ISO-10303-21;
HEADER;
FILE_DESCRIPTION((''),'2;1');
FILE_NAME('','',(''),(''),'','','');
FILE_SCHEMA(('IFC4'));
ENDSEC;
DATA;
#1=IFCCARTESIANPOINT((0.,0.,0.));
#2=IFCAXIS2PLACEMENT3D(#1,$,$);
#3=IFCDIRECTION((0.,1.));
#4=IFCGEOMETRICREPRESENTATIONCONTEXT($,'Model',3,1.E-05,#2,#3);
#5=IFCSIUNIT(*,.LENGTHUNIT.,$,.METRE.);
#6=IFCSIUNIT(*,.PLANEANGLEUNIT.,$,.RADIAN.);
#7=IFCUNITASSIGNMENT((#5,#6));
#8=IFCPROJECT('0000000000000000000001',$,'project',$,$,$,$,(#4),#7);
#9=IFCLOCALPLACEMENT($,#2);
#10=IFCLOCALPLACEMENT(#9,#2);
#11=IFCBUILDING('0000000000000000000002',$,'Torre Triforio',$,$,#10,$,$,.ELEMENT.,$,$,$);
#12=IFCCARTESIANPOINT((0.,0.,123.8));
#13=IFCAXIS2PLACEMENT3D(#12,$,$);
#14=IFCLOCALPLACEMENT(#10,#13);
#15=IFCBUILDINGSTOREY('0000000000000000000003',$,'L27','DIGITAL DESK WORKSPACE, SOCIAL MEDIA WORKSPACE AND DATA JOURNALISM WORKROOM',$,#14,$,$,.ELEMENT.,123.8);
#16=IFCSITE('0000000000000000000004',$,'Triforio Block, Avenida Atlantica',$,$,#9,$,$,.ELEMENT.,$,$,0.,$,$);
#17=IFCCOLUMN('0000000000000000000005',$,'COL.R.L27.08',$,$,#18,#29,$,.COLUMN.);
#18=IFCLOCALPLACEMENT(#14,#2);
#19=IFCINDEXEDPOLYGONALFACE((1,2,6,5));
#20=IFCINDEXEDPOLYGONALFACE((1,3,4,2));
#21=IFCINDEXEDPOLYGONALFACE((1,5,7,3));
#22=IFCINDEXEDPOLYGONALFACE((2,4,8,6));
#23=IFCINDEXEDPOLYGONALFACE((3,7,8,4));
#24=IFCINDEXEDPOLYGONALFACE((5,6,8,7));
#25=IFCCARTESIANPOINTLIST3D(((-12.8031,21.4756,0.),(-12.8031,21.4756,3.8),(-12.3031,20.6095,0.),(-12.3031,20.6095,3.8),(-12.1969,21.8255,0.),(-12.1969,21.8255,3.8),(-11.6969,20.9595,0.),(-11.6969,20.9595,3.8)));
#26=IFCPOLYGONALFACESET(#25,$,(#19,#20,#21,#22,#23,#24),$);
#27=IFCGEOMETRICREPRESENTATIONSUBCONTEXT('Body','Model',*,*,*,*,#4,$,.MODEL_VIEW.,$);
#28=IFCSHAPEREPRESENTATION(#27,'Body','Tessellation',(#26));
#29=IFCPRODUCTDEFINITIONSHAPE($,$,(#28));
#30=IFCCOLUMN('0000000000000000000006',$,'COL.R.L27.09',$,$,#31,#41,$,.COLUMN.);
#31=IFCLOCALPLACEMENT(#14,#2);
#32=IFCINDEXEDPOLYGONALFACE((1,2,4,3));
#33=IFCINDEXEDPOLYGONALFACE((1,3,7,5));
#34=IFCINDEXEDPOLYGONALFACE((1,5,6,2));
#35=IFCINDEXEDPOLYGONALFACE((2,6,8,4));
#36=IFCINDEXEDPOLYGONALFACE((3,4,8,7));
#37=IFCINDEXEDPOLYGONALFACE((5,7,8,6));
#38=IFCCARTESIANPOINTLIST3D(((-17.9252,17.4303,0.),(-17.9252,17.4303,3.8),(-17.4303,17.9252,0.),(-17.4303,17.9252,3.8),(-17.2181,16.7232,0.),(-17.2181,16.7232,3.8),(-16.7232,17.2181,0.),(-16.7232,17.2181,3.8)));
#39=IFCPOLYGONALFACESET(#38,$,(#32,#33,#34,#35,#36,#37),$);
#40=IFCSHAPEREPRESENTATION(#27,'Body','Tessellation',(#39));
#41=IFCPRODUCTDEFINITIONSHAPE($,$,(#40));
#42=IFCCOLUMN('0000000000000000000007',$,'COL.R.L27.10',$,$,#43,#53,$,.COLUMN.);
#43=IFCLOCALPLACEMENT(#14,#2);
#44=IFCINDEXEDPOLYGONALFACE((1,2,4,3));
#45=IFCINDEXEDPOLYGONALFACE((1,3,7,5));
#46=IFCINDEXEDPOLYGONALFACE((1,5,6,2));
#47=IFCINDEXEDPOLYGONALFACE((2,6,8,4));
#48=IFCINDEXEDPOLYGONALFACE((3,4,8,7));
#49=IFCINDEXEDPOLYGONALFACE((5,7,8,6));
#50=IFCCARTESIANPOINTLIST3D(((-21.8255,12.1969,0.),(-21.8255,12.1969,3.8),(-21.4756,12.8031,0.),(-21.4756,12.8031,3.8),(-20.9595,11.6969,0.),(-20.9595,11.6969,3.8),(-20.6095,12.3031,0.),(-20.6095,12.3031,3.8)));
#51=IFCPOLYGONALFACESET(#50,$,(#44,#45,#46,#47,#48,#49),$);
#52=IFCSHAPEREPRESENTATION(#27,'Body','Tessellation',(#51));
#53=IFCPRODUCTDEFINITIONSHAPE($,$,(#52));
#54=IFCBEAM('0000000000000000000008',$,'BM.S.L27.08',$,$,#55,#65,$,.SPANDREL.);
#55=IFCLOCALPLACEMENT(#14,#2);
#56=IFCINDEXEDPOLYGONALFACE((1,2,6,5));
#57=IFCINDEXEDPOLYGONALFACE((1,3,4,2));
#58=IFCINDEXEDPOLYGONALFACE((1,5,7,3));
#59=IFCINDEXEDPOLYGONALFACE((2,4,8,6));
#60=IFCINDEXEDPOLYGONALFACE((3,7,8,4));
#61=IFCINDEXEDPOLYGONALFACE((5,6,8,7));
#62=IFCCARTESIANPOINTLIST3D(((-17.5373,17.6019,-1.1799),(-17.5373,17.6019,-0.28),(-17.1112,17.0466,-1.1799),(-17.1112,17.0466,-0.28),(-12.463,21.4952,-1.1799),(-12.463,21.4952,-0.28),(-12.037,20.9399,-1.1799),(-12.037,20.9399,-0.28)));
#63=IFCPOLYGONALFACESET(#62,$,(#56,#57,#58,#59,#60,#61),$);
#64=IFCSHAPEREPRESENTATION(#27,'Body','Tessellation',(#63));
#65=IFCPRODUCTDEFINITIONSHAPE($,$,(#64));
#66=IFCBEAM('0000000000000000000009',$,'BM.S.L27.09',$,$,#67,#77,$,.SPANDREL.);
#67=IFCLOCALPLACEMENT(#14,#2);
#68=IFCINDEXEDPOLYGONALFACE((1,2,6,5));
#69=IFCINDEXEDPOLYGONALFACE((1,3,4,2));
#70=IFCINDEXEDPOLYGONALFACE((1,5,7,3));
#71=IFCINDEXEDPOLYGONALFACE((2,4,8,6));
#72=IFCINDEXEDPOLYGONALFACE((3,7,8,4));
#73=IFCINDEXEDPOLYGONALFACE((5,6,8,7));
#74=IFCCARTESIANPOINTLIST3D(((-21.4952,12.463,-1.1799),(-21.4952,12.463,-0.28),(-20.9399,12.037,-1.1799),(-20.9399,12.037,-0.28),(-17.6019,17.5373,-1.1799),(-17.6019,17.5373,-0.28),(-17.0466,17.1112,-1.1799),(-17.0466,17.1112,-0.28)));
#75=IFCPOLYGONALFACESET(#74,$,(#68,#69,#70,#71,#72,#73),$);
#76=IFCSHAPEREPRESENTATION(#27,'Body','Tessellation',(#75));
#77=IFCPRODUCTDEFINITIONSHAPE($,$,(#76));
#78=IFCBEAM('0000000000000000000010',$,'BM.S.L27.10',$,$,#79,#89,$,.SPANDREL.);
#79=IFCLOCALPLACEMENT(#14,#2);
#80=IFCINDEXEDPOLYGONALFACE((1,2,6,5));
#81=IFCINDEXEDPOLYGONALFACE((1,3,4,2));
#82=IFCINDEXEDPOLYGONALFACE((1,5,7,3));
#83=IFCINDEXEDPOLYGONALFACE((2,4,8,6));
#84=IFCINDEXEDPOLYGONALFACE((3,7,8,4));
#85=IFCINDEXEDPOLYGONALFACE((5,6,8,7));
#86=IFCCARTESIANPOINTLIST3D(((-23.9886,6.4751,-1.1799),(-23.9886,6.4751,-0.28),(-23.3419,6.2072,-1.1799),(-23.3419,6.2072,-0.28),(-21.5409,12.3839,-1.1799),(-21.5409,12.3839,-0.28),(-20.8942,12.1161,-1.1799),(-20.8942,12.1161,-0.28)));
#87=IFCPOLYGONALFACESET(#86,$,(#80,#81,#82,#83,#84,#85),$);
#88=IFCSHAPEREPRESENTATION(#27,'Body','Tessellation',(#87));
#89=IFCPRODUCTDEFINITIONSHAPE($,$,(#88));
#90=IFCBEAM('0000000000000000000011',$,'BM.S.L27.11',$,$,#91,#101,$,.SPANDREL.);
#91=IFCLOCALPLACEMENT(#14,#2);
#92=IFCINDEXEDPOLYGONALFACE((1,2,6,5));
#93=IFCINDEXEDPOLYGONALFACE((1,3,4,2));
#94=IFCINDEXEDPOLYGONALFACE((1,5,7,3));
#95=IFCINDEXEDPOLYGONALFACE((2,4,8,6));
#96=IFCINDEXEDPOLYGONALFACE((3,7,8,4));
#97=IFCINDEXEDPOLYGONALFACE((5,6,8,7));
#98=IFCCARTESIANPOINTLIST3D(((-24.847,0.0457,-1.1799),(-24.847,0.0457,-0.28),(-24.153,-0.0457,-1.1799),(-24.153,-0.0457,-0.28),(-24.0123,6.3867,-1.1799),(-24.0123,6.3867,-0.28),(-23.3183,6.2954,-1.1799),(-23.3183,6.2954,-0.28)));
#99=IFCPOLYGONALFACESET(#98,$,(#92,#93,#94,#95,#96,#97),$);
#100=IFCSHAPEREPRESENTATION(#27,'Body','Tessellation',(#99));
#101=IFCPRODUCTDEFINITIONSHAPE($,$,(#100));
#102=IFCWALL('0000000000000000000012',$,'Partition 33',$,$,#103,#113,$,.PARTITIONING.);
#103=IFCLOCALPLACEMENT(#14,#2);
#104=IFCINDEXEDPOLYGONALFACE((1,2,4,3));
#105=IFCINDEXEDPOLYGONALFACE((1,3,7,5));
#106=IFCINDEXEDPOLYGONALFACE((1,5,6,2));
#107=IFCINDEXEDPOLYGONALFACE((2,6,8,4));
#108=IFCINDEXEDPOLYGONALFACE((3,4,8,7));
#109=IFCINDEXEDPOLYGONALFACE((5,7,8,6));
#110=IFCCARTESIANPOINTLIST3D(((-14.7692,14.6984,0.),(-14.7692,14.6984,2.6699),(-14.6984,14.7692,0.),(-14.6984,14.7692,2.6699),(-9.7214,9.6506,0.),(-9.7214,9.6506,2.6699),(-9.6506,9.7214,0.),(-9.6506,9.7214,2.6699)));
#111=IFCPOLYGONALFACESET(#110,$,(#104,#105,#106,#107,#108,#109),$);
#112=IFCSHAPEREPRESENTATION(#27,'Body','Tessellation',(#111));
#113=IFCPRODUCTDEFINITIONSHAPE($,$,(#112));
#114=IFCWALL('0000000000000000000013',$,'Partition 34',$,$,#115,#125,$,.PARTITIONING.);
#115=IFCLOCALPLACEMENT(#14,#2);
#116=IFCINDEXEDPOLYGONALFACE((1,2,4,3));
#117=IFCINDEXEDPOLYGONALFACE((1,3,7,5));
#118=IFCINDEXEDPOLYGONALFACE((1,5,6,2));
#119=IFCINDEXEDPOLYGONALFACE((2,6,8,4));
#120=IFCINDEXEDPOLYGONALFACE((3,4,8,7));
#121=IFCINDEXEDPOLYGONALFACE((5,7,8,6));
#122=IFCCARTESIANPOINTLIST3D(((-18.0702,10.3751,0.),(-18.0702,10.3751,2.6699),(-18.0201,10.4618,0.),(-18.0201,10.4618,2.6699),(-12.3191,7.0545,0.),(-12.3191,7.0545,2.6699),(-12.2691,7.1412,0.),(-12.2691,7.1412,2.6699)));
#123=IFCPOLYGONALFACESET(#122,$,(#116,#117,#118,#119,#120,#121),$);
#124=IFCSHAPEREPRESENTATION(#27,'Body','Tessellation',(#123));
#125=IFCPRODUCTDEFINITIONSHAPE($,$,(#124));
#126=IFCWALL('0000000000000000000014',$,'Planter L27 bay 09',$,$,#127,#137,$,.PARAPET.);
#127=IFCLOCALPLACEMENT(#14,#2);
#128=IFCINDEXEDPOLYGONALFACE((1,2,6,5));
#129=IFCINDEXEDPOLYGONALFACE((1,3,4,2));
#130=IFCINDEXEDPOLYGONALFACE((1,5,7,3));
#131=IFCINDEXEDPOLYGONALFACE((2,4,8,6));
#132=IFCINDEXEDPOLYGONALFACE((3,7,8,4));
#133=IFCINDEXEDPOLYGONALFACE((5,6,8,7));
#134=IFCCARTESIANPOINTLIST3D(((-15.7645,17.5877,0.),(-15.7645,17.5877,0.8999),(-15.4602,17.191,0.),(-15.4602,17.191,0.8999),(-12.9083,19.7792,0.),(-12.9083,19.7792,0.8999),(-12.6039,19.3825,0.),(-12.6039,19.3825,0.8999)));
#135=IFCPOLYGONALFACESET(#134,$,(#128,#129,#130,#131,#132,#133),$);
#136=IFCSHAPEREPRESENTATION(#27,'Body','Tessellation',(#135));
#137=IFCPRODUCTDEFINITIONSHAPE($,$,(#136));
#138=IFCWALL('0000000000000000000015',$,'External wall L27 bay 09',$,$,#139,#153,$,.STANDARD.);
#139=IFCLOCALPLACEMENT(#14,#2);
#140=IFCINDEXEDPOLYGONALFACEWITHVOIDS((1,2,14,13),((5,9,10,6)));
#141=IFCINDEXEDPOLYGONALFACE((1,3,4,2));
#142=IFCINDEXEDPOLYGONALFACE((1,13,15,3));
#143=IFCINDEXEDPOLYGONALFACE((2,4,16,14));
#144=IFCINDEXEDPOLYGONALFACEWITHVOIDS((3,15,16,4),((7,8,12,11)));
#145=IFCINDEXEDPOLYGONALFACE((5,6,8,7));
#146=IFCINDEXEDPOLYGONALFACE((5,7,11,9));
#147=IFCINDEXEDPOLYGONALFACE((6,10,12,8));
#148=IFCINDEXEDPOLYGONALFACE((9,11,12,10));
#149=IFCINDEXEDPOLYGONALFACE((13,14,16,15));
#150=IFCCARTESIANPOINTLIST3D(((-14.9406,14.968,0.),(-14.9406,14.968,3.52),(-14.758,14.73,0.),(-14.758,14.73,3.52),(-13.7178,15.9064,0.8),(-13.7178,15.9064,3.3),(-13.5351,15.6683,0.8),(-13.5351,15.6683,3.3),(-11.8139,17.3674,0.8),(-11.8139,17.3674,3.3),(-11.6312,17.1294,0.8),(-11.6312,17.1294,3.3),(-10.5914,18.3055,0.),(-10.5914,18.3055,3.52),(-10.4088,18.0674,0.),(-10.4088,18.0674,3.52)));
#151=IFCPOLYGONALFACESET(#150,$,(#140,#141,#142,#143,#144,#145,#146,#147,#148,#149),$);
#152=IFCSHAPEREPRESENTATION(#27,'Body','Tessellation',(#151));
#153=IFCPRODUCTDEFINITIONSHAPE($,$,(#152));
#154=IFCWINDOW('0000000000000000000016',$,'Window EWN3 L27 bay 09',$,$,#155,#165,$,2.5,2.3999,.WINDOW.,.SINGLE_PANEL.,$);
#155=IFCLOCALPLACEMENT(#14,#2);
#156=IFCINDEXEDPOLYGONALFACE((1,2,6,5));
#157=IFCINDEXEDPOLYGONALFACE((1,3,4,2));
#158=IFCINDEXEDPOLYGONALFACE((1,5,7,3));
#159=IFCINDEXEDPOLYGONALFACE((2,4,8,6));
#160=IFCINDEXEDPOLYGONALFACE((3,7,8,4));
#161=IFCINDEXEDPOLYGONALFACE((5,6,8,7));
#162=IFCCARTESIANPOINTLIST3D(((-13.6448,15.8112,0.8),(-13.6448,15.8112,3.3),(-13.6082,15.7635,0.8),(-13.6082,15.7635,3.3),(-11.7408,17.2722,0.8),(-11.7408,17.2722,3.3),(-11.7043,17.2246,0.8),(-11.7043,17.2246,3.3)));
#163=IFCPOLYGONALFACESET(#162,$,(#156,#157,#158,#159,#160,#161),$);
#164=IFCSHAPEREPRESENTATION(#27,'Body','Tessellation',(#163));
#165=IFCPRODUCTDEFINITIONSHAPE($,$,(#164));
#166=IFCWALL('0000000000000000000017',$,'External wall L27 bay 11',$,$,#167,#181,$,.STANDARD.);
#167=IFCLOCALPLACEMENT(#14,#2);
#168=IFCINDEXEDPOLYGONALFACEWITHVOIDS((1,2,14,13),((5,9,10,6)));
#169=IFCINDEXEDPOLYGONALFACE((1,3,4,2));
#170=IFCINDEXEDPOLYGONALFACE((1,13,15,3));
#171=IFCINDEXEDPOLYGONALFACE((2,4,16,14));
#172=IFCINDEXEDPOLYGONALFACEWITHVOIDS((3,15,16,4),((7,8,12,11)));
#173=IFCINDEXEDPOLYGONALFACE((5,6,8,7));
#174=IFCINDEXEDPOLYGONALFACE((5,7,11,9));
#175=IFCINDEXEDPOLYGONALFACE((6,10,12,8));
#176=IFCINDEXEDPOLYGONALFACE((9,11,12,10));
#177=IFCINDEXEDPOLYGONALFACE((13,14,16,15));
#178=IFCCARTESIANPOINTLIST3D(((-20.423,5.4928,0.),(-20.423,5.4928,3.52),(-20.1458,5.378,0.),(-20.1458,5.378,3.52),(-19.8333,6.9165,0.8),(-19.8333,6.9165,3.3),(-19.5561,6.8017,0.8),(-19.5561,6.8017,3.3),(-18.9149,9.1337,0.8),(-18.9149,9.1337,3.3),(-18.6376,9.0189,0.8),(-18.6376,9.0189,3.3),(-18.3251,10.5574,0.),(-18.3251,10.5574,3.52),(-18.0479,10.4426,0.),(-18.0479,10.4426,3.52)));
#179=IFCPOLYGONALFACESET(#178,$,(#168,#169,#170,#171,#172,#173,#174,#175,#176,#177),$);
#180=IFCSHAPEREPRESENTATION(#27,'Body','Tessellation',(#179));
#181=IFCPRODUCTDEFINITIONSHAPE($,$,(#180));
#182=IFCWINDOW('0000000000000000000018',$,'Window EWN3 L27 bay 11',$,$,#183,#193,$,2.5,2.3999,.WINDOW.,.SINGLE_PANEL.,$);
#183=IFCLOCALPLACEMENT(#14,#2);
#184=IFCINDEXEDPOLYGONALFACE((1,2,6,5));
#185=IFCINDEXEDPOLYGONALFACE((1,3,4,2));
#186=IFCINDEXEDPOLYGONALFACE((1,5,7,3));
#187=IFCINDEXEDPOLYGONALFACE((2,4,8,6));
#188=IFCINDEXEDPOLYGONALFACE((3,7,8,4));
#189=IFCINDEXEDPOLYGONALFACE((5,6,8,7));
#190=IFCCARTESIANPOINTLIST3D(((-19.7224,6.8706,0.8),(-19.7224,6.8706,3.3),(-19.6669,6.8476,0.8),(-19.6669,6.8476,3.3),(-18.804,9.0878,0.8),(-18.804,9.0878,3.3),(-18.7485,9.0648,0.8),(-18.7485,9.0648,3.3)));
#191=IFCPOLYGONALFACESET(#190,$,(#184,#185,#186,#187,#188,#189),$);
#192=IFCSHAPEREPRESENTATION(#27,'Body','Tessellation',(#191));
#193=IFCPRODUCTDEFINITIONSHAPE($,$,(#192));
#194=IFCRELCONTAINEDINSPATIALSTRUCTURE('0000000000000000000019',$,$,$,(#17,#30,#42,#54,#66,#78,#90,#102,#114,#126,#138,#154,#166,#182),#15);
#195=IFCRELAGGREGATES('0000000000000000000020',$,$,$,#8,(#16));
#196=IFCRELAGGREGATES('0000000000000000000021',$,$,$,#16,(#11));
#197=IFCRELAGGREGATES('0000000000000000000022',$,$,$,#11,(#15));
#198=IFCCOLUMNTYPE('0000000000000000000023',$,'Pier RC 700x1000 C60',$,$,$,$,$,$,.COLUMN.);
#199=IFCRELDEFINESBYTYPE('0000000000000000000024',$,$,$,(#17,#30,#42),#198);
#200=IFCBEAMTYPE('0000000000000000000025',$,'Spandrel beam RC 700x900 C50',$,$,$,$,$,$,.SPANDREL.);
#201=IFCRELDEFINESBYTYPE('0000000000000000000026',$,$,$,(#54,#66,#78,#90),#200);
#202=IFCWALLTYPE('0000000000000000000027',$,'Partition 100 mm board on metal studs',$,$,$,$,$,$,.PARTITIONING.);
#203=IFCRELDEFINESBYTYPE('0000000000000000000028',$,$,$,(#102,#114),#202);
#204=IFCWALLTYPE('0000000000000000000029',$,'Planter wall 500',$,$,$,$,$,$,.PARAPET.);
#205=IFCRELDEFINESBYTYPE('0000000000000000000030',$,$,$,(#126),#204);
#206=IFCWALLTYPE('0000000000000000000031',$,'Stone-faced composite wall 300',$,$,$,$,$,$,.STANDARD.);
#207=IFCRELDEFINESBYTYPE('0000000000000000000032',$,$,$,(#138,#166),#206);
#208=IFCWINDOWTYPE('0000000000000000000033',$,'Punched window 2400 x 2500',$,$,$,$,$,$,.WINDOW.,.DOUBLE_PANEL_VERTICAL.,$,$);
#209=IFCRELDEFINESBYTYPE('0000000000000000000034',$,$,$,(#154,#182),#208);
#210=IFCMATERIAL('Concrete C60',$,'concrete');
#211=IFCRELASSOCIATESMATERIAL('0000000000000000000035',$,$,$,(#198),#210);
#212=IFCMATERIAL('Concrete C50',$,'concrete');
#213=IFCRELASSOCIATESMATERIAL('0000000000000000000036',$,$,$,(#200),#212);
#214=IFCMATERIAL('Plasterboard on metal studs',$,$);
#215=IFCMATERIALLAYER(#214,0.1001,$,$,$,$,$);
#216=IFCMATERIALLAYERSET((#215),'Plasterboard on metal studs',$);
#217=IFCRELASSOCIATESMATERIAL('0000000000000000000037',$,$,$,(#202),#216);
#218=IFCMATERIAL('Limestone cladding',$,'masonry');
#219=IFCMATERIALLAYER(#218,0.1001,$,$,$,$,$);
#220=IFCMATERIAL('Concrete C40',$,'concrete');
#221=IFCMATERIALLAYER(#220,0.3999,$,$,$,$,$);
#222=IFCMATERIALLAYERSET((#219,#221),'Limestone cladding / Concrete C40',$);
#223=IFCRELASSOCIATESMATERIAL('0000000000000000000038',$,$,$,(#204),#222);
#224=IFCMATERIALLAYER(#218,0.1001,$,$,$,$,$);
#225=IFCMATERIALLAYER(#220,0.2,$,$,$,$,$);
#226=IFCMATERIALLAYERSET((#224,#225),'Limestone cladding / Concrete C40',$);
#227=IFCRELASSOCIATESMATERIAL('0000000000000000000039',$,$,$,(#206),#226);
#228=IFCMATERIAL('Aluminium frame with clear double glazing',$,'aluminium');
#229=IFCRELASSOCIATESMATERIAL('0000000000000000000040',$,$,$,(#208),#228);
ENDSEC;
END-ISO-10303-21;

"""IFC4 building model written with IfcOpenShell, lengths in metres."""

from ifc_helpers import new_model, si_unit, direction, frame, frame_2d, origin, origin_2d, place, context, subcontext, project, spatial, rectangle, extrude, material, layer, layer_set, material_profile, profile_set, type_object, element, fill, save


model = new_model("IFC4")

# Units and contexts
model_context = context("Model", 3, precision=1e-05, world=origin(), true_north=direction((0.0, 1.0)))
body_context = subcontext(model_context, "Body", "Model", "MODEL_VIEW")
ifc_project = project(units=[si_unit("LENGTHUNIT", "METRE"), si_unit("PLANEANGLEUNIT", "RADIAN")], contexts=[model_context])

# Site, building, storey
site_placement = place(None, origin())
site = spatial("IfcSite", under=ifc_project, at=site_placement, Name="Triforio Block, Avenida Atlantica", CompositionType="ELEMENT", RefElevation=0.0)
building_placement = place(site_placement, origin())
building = spatial("IfcBuilding", under=site, at=building_placement, Name="Torre Triforio", CompositionType="ELEMENT")
storey_placement = place(building_placement, frame((0.0, 0.0, 123.8)))
storey = spatial("IfcBuildingStorey", under=building, at=storey_placement, Name="L27", Description="DIGITAL DESK WORKSPACE, SOCIAL MEDIA WORKSPACE AND DATA JOURNALISM WORKROOM", CompositionType="ELEMENT", Elevation=123.8)

# Columns
ifc_material_1 = material(Name="Concrete C60", Category="concrete")
ifc_material_profile_1 = material_profile(ifc_material_1, rectangle(XDim=0.7, YDim=1.0, at=origin_2d()), Name="RC 700x1000")
ifc_profile_set_1 = profile_set([ifc_material_profile_1], Name="Concrete C60")
column_type = type_object("IfcColumnType", Name="Pier RC 700x1000 C60", PredefinedType="COLUMN", material=ifc_profile_set_1)
for number, where, z_axis, x_axis, name in (
    (1, (-12.25, 21.2175, 0.0), (0.0, 0.0, 1.0), (-0.866025, -0.5, 0.0), "COL.R.L27.08"),
    (2, (-17.3242, 17.3242, 0.0), (0.0, 0.0, 1.0), (-0.707107, -0.707107, 0.0), "COL.R.L27.09"),
    (3, (-21.2175, 12.25, 0.0), (0.0, 0.0, 1.0), (-0.5, -0.866025, 0.0), "COL.R.L27.10"),
):
    element("IfcColumn", number, at=place(storey_placement, frame(where, z_axis=z_axis, x_axis=x_axis)), inside=storey, type_object=column_type, Name=name, PredefinedType="COLUMN", context=body_context, shape_type="SweptSolid", body=[
        extrude(rectangle(XDim=0.7, YDim=1.0, at=origin_2d()), origin(), (0.0, 0.0, 1.0), 3.8),
    ])

# Beams
ifc_material_2 = material(Name="Concrete C50", Category="concrete")
ifc_material_profile_2 = material_profile(ifc_material_2, rectangle(XDim=0.7, YDim=0.8999, at=origin_2d()), Name="RC 700x900")
ifc_profile_set_2 = profile_set([ifc_material_profile_2], Name="Concrete C50")
beam_type = type_object("IfcBeamType", Name="Spandrel beam RC 700x900 C50", PredefinedType="SPANDREL", material=ifc_profile_set_2)
for number, where, z_axis, x_axis, name in (
    (4, (-12.25, 21.2175, -0.73), (-0.793374, -0.608734, 0.0), (0.608734, -0.793374, 0.0), "BM.S.L27.08"),
    (5, (-17.3242, 17.3242, -0.73), (-0.608734, -0.793374, 0.0), (0.793374, -0.608734, 0.0), "BM.S.L27.09"),
    (6, (-21.2175, 12.25, -0.73), (-0.382709, -0.923869, 0.0), (0.923869, -0.382709, 0.0), "BM.S.L27.10"),
    (7, (-23.6653, 6.3411, -0.73), (-0.130511, -0.991447, 0.0), (0.991447, -0.130511, 0.0), "BM.S.L27.11"),
):
    element("IfcBeam", number, at=place(storey_placement, frame(where, z_axis=z_axis, x_axis=x_axis)), inside=storey, type_object=beam_type, Name=name, PredefinedType="SPANDREL", context=body_context, shape_type="SweptSolid", body=[
        extrude(rectangle(XDim=0.7, YDim=0.8999, at=origin_2d()), origin(), (0.0, 0.0, 1.0), 6.3958),
    ])

# Walls
ifc_material_3 = material(Name="Plasterboard on metal studs")
ifc_layer_1 = layer(ifc_material_3, 0.1001)
ifc_layer_set_1 = layer_set([ifc_layer_1], Name="Plasterboard on metal studs")
wall_type_1 = type_object("IfcWallType", Name="Partition 100 mm board on metal studs", PredefinedType="PARTITIONING", material=ifc_layer_set_1)
wall_1_placement = place(storey_placement, frame((-9.686, 9.686, 0.0), z_axis=(0.0, 0.0, 1.0), x_axis=(-0.707107, 0.707107, 0.0)))
element("IfcWall", 8, at=wall_1_placement, inside=storey, type_object=wall_type_1, Name="Partition 33", PredefinedType="PARTITIONING", context=body_context, shape_type="SweptSolid", body=[
    extrude(rectangle(XDim=7.1387, YDim=0.1001, at=frame_2d((3.5693, 0.0))), origin(), (0.0, 0.0, 1.0), 2.6699),
])
wall_2_placement = place(storey_placement, frame((-12.2942, 7.0979, 0.0), z_axis=(0.0, 0.0, 1.0), x_axis=(-0.86601, 0.500026, 0.0)))
element("IfcWall", 9, at=wall_2_placement, inside=storey, type_object=wall_type_1, Name="Partition 34", PredefinedType="PARTITIONING", context=body_context, shape_type="SweptSolid", body=[
    extrude(rectangle(XDim=6.6409, YDim=0.1001, at=frame_2d((3.3203, 0.0))), origin(), (0.0, 0.0, 1.0), 2.6699),
])
ifc_material_4 = material(Name="Limestone cladding", Category="masonry")
ifc_layer_2 = layer(ifc_material_4, 0.1001)
ifc_material_5 = material(Name="Concrete C40", Category="concrete")
ifc_layer_3 = layer(ifc_material_5, 0.3999)
ifc_layer_set_2 = layer_set([ifc_layer_2, ifc_layer_3], Name="Limestone cladding / Concrete C40")
wall_type_2 = type_object("IfcWallType", Name="Planter wall 500", PredefinedType="PARAPET", material=ifc_layer_set_2)
wall_3_placement = place(storey_placement, frame((-12.7561, 19.5808, 0.0), z_axis=(0.0, 0.0, 1.0), x_axis=(-0.793385, -0.608721, 0.0)))
element("IfcWall", 10, at=wall_3_placement, inside=storey, type_object=wall_type_2, Name="Planter L27 bay 09", PredefinedType="PARAPET", context=body_context, shape_type="SweptSolid", body=[
    extrude(rectangle(XDim=3.6001, YDim=0.5, at=frame_2d((1.8, 0.0))), origin(), (0.0, 0.0, 1.0), 0.8999),
])

# Wall, opening, window
ifc_layer_4 = layer(ifc_material_4, 0.1001)
ifc_layer_5 = layer(ifc_material_5, 0.2)
ifc_layer_set_3 = layer_set([ifc_layer_4, ifc_layer_5], Name="Limestone cladding / Concrete C40")
wall_type_3 = type_object("IfcWallType", Name="Stone-faced composite wall 300", PredefinedType="STANDARD", material=ifc_layer_set_3)
wall_4_placement = place(storey_placement, frame((-10.5, 18.1865, 0.0), z_axis=(0.0, 0.0, 1.0), x_axis=(-0.793335, -0.608785, 0.0)))
wall_4 = element("IfcWall", 11, at=wall_4_placement, inside=storey, type_object=wall_type_3, Name="External wall L27 bay 09", PredefinedType="STANDARD", context=body_context, shape_type="SweptSolid", body=[
    extrude(rectangle(XDim=5.4822, YDim=0.3, at=frame_2d((2.7412, 0.0))), origin(), (0.0, 0.0, 1.0), 3.52),
])
opening_1_placement = place(wall_4_placement, frame((1.541, 0.0, 0.8)))
opening_1 = element("IfcOpeningElement", 12, at=opening_1_placement, cuts=wall_4, PredefinedType="OPENING", context=body_context, shape_type="SweptSolid", body=[
    extrude(rectangle(XDim=2.3999, YDim=2.5, at=frame_2d((1.2, 1.25))), frame((0.0, 0.1599, 0.0), z_axis=(0.0, -1.0, 0.0), x_axis=(1.0, 0.0, 0.0)), (0.0, 0.0, 1.0), 0.3201),
])
ifc_material_6 = material(Name="Aluminium frame with clear double glazing", Category="aluminium")
window_type_1 = type_object("IfcWindowType", Name="Punched window 2400 x 2500", PartitioningType="DOUBLE_PANEL_VERTICAL", PredefinedType="WINDOW", material=ifc_material_6)
window_1_placement = place(opening_1_placement, origin())
window_1 = element("IfcWindow", 13, at=window_1_placement, inside=storey, type_object=window_type_1, Name="Window EWN3 L27 bay 09", OverallHeight=2.5, OverallWidth=2.3999, PartitioningType="SINGLE_PANEL", PredefinedType="WINDOW", context=body_context, shape_type="SweptSolid", body=[
    extrude(rectangle(XDim=2.3999, YDim=2.5, at=frame_2d((1.2, 1.25))), frame((0.0, 0.03, 0.0), z_axis=(0.0, -1.0, 0.0), x_axis=(1.0, 0.0, 0.0)), (0.0, 0.0, 1.0), 0.0601),
])
fill(opening_1, window_1)

# Wall, opening, window
wall_5_placement = place(storey_placement, frame((-18.1865, 10.5, 0.0), z_axis=(0.0, 0.0, 1.0), x_axis=(-0.382689, -0.923877, 0.0)))
wall_5 = element("IfcWall", 14, at=wall_5_placement, inside=storey, type_object=wall_type_3, Name="External wall L27 bay 11", PredefinedType="STANDARD", context=body_context, shape_type="SweptSolid", body=[
    extrude(rectangle(XDim=5.4819, YDim=0.3, at=frame_2d((2.741, 0.0))), origin(), (0.0, 0.0, 1.0), 3.52),
])
opening_2_placement = place(wall_5_placement, frame((1.541, 0.0, 0.8)))
opening_2 = element("IfcOpeningElement", 15, at=opening_2_placement, cuts=wall_5, PredefinedType="OPENING", context=body_context, shape_type="SweptSolid", body=[
    extrude(rectangle(XDim=2.3999, YDim=2.5, at=frame_2d((1.2, 1.25))), frame((0.0, 0.1599, 0.0), z_axis=(0.0, -1.0, 0.0), x_axis=(1.0, 0.0, 0.0)), (0.0, 0.0, 1.0), 0.3201),
])
window_2_placement = place(opening_2_placement, origin())
window_2 = element("IfcWindow", 16, at=window_2_placement, inside=storey, type_object=window_type_1, Name="Window EWN3 L27 bay 11", OverallHeight=2.5, OverallWidth=2.3999, PartitioningType="SINGLE_PANEL", PredefinedType="WINDOW", context=body_context, shape_type="SweptSolid", body=[
    extrude(rectangle(XDim=2.3999, YDim=2.5, at=frame_2d((1.2, 1.25))), frame((0.0, 0.03, 0.0), z_axis=(0.0, -1.0, 0.0), x_axis=(1.0, 0.0, 0.0)), (0.0, 0.0, 1.0), 0.0601),
])
fill(opening_2, window_2)

save(model, "model.ifc")
